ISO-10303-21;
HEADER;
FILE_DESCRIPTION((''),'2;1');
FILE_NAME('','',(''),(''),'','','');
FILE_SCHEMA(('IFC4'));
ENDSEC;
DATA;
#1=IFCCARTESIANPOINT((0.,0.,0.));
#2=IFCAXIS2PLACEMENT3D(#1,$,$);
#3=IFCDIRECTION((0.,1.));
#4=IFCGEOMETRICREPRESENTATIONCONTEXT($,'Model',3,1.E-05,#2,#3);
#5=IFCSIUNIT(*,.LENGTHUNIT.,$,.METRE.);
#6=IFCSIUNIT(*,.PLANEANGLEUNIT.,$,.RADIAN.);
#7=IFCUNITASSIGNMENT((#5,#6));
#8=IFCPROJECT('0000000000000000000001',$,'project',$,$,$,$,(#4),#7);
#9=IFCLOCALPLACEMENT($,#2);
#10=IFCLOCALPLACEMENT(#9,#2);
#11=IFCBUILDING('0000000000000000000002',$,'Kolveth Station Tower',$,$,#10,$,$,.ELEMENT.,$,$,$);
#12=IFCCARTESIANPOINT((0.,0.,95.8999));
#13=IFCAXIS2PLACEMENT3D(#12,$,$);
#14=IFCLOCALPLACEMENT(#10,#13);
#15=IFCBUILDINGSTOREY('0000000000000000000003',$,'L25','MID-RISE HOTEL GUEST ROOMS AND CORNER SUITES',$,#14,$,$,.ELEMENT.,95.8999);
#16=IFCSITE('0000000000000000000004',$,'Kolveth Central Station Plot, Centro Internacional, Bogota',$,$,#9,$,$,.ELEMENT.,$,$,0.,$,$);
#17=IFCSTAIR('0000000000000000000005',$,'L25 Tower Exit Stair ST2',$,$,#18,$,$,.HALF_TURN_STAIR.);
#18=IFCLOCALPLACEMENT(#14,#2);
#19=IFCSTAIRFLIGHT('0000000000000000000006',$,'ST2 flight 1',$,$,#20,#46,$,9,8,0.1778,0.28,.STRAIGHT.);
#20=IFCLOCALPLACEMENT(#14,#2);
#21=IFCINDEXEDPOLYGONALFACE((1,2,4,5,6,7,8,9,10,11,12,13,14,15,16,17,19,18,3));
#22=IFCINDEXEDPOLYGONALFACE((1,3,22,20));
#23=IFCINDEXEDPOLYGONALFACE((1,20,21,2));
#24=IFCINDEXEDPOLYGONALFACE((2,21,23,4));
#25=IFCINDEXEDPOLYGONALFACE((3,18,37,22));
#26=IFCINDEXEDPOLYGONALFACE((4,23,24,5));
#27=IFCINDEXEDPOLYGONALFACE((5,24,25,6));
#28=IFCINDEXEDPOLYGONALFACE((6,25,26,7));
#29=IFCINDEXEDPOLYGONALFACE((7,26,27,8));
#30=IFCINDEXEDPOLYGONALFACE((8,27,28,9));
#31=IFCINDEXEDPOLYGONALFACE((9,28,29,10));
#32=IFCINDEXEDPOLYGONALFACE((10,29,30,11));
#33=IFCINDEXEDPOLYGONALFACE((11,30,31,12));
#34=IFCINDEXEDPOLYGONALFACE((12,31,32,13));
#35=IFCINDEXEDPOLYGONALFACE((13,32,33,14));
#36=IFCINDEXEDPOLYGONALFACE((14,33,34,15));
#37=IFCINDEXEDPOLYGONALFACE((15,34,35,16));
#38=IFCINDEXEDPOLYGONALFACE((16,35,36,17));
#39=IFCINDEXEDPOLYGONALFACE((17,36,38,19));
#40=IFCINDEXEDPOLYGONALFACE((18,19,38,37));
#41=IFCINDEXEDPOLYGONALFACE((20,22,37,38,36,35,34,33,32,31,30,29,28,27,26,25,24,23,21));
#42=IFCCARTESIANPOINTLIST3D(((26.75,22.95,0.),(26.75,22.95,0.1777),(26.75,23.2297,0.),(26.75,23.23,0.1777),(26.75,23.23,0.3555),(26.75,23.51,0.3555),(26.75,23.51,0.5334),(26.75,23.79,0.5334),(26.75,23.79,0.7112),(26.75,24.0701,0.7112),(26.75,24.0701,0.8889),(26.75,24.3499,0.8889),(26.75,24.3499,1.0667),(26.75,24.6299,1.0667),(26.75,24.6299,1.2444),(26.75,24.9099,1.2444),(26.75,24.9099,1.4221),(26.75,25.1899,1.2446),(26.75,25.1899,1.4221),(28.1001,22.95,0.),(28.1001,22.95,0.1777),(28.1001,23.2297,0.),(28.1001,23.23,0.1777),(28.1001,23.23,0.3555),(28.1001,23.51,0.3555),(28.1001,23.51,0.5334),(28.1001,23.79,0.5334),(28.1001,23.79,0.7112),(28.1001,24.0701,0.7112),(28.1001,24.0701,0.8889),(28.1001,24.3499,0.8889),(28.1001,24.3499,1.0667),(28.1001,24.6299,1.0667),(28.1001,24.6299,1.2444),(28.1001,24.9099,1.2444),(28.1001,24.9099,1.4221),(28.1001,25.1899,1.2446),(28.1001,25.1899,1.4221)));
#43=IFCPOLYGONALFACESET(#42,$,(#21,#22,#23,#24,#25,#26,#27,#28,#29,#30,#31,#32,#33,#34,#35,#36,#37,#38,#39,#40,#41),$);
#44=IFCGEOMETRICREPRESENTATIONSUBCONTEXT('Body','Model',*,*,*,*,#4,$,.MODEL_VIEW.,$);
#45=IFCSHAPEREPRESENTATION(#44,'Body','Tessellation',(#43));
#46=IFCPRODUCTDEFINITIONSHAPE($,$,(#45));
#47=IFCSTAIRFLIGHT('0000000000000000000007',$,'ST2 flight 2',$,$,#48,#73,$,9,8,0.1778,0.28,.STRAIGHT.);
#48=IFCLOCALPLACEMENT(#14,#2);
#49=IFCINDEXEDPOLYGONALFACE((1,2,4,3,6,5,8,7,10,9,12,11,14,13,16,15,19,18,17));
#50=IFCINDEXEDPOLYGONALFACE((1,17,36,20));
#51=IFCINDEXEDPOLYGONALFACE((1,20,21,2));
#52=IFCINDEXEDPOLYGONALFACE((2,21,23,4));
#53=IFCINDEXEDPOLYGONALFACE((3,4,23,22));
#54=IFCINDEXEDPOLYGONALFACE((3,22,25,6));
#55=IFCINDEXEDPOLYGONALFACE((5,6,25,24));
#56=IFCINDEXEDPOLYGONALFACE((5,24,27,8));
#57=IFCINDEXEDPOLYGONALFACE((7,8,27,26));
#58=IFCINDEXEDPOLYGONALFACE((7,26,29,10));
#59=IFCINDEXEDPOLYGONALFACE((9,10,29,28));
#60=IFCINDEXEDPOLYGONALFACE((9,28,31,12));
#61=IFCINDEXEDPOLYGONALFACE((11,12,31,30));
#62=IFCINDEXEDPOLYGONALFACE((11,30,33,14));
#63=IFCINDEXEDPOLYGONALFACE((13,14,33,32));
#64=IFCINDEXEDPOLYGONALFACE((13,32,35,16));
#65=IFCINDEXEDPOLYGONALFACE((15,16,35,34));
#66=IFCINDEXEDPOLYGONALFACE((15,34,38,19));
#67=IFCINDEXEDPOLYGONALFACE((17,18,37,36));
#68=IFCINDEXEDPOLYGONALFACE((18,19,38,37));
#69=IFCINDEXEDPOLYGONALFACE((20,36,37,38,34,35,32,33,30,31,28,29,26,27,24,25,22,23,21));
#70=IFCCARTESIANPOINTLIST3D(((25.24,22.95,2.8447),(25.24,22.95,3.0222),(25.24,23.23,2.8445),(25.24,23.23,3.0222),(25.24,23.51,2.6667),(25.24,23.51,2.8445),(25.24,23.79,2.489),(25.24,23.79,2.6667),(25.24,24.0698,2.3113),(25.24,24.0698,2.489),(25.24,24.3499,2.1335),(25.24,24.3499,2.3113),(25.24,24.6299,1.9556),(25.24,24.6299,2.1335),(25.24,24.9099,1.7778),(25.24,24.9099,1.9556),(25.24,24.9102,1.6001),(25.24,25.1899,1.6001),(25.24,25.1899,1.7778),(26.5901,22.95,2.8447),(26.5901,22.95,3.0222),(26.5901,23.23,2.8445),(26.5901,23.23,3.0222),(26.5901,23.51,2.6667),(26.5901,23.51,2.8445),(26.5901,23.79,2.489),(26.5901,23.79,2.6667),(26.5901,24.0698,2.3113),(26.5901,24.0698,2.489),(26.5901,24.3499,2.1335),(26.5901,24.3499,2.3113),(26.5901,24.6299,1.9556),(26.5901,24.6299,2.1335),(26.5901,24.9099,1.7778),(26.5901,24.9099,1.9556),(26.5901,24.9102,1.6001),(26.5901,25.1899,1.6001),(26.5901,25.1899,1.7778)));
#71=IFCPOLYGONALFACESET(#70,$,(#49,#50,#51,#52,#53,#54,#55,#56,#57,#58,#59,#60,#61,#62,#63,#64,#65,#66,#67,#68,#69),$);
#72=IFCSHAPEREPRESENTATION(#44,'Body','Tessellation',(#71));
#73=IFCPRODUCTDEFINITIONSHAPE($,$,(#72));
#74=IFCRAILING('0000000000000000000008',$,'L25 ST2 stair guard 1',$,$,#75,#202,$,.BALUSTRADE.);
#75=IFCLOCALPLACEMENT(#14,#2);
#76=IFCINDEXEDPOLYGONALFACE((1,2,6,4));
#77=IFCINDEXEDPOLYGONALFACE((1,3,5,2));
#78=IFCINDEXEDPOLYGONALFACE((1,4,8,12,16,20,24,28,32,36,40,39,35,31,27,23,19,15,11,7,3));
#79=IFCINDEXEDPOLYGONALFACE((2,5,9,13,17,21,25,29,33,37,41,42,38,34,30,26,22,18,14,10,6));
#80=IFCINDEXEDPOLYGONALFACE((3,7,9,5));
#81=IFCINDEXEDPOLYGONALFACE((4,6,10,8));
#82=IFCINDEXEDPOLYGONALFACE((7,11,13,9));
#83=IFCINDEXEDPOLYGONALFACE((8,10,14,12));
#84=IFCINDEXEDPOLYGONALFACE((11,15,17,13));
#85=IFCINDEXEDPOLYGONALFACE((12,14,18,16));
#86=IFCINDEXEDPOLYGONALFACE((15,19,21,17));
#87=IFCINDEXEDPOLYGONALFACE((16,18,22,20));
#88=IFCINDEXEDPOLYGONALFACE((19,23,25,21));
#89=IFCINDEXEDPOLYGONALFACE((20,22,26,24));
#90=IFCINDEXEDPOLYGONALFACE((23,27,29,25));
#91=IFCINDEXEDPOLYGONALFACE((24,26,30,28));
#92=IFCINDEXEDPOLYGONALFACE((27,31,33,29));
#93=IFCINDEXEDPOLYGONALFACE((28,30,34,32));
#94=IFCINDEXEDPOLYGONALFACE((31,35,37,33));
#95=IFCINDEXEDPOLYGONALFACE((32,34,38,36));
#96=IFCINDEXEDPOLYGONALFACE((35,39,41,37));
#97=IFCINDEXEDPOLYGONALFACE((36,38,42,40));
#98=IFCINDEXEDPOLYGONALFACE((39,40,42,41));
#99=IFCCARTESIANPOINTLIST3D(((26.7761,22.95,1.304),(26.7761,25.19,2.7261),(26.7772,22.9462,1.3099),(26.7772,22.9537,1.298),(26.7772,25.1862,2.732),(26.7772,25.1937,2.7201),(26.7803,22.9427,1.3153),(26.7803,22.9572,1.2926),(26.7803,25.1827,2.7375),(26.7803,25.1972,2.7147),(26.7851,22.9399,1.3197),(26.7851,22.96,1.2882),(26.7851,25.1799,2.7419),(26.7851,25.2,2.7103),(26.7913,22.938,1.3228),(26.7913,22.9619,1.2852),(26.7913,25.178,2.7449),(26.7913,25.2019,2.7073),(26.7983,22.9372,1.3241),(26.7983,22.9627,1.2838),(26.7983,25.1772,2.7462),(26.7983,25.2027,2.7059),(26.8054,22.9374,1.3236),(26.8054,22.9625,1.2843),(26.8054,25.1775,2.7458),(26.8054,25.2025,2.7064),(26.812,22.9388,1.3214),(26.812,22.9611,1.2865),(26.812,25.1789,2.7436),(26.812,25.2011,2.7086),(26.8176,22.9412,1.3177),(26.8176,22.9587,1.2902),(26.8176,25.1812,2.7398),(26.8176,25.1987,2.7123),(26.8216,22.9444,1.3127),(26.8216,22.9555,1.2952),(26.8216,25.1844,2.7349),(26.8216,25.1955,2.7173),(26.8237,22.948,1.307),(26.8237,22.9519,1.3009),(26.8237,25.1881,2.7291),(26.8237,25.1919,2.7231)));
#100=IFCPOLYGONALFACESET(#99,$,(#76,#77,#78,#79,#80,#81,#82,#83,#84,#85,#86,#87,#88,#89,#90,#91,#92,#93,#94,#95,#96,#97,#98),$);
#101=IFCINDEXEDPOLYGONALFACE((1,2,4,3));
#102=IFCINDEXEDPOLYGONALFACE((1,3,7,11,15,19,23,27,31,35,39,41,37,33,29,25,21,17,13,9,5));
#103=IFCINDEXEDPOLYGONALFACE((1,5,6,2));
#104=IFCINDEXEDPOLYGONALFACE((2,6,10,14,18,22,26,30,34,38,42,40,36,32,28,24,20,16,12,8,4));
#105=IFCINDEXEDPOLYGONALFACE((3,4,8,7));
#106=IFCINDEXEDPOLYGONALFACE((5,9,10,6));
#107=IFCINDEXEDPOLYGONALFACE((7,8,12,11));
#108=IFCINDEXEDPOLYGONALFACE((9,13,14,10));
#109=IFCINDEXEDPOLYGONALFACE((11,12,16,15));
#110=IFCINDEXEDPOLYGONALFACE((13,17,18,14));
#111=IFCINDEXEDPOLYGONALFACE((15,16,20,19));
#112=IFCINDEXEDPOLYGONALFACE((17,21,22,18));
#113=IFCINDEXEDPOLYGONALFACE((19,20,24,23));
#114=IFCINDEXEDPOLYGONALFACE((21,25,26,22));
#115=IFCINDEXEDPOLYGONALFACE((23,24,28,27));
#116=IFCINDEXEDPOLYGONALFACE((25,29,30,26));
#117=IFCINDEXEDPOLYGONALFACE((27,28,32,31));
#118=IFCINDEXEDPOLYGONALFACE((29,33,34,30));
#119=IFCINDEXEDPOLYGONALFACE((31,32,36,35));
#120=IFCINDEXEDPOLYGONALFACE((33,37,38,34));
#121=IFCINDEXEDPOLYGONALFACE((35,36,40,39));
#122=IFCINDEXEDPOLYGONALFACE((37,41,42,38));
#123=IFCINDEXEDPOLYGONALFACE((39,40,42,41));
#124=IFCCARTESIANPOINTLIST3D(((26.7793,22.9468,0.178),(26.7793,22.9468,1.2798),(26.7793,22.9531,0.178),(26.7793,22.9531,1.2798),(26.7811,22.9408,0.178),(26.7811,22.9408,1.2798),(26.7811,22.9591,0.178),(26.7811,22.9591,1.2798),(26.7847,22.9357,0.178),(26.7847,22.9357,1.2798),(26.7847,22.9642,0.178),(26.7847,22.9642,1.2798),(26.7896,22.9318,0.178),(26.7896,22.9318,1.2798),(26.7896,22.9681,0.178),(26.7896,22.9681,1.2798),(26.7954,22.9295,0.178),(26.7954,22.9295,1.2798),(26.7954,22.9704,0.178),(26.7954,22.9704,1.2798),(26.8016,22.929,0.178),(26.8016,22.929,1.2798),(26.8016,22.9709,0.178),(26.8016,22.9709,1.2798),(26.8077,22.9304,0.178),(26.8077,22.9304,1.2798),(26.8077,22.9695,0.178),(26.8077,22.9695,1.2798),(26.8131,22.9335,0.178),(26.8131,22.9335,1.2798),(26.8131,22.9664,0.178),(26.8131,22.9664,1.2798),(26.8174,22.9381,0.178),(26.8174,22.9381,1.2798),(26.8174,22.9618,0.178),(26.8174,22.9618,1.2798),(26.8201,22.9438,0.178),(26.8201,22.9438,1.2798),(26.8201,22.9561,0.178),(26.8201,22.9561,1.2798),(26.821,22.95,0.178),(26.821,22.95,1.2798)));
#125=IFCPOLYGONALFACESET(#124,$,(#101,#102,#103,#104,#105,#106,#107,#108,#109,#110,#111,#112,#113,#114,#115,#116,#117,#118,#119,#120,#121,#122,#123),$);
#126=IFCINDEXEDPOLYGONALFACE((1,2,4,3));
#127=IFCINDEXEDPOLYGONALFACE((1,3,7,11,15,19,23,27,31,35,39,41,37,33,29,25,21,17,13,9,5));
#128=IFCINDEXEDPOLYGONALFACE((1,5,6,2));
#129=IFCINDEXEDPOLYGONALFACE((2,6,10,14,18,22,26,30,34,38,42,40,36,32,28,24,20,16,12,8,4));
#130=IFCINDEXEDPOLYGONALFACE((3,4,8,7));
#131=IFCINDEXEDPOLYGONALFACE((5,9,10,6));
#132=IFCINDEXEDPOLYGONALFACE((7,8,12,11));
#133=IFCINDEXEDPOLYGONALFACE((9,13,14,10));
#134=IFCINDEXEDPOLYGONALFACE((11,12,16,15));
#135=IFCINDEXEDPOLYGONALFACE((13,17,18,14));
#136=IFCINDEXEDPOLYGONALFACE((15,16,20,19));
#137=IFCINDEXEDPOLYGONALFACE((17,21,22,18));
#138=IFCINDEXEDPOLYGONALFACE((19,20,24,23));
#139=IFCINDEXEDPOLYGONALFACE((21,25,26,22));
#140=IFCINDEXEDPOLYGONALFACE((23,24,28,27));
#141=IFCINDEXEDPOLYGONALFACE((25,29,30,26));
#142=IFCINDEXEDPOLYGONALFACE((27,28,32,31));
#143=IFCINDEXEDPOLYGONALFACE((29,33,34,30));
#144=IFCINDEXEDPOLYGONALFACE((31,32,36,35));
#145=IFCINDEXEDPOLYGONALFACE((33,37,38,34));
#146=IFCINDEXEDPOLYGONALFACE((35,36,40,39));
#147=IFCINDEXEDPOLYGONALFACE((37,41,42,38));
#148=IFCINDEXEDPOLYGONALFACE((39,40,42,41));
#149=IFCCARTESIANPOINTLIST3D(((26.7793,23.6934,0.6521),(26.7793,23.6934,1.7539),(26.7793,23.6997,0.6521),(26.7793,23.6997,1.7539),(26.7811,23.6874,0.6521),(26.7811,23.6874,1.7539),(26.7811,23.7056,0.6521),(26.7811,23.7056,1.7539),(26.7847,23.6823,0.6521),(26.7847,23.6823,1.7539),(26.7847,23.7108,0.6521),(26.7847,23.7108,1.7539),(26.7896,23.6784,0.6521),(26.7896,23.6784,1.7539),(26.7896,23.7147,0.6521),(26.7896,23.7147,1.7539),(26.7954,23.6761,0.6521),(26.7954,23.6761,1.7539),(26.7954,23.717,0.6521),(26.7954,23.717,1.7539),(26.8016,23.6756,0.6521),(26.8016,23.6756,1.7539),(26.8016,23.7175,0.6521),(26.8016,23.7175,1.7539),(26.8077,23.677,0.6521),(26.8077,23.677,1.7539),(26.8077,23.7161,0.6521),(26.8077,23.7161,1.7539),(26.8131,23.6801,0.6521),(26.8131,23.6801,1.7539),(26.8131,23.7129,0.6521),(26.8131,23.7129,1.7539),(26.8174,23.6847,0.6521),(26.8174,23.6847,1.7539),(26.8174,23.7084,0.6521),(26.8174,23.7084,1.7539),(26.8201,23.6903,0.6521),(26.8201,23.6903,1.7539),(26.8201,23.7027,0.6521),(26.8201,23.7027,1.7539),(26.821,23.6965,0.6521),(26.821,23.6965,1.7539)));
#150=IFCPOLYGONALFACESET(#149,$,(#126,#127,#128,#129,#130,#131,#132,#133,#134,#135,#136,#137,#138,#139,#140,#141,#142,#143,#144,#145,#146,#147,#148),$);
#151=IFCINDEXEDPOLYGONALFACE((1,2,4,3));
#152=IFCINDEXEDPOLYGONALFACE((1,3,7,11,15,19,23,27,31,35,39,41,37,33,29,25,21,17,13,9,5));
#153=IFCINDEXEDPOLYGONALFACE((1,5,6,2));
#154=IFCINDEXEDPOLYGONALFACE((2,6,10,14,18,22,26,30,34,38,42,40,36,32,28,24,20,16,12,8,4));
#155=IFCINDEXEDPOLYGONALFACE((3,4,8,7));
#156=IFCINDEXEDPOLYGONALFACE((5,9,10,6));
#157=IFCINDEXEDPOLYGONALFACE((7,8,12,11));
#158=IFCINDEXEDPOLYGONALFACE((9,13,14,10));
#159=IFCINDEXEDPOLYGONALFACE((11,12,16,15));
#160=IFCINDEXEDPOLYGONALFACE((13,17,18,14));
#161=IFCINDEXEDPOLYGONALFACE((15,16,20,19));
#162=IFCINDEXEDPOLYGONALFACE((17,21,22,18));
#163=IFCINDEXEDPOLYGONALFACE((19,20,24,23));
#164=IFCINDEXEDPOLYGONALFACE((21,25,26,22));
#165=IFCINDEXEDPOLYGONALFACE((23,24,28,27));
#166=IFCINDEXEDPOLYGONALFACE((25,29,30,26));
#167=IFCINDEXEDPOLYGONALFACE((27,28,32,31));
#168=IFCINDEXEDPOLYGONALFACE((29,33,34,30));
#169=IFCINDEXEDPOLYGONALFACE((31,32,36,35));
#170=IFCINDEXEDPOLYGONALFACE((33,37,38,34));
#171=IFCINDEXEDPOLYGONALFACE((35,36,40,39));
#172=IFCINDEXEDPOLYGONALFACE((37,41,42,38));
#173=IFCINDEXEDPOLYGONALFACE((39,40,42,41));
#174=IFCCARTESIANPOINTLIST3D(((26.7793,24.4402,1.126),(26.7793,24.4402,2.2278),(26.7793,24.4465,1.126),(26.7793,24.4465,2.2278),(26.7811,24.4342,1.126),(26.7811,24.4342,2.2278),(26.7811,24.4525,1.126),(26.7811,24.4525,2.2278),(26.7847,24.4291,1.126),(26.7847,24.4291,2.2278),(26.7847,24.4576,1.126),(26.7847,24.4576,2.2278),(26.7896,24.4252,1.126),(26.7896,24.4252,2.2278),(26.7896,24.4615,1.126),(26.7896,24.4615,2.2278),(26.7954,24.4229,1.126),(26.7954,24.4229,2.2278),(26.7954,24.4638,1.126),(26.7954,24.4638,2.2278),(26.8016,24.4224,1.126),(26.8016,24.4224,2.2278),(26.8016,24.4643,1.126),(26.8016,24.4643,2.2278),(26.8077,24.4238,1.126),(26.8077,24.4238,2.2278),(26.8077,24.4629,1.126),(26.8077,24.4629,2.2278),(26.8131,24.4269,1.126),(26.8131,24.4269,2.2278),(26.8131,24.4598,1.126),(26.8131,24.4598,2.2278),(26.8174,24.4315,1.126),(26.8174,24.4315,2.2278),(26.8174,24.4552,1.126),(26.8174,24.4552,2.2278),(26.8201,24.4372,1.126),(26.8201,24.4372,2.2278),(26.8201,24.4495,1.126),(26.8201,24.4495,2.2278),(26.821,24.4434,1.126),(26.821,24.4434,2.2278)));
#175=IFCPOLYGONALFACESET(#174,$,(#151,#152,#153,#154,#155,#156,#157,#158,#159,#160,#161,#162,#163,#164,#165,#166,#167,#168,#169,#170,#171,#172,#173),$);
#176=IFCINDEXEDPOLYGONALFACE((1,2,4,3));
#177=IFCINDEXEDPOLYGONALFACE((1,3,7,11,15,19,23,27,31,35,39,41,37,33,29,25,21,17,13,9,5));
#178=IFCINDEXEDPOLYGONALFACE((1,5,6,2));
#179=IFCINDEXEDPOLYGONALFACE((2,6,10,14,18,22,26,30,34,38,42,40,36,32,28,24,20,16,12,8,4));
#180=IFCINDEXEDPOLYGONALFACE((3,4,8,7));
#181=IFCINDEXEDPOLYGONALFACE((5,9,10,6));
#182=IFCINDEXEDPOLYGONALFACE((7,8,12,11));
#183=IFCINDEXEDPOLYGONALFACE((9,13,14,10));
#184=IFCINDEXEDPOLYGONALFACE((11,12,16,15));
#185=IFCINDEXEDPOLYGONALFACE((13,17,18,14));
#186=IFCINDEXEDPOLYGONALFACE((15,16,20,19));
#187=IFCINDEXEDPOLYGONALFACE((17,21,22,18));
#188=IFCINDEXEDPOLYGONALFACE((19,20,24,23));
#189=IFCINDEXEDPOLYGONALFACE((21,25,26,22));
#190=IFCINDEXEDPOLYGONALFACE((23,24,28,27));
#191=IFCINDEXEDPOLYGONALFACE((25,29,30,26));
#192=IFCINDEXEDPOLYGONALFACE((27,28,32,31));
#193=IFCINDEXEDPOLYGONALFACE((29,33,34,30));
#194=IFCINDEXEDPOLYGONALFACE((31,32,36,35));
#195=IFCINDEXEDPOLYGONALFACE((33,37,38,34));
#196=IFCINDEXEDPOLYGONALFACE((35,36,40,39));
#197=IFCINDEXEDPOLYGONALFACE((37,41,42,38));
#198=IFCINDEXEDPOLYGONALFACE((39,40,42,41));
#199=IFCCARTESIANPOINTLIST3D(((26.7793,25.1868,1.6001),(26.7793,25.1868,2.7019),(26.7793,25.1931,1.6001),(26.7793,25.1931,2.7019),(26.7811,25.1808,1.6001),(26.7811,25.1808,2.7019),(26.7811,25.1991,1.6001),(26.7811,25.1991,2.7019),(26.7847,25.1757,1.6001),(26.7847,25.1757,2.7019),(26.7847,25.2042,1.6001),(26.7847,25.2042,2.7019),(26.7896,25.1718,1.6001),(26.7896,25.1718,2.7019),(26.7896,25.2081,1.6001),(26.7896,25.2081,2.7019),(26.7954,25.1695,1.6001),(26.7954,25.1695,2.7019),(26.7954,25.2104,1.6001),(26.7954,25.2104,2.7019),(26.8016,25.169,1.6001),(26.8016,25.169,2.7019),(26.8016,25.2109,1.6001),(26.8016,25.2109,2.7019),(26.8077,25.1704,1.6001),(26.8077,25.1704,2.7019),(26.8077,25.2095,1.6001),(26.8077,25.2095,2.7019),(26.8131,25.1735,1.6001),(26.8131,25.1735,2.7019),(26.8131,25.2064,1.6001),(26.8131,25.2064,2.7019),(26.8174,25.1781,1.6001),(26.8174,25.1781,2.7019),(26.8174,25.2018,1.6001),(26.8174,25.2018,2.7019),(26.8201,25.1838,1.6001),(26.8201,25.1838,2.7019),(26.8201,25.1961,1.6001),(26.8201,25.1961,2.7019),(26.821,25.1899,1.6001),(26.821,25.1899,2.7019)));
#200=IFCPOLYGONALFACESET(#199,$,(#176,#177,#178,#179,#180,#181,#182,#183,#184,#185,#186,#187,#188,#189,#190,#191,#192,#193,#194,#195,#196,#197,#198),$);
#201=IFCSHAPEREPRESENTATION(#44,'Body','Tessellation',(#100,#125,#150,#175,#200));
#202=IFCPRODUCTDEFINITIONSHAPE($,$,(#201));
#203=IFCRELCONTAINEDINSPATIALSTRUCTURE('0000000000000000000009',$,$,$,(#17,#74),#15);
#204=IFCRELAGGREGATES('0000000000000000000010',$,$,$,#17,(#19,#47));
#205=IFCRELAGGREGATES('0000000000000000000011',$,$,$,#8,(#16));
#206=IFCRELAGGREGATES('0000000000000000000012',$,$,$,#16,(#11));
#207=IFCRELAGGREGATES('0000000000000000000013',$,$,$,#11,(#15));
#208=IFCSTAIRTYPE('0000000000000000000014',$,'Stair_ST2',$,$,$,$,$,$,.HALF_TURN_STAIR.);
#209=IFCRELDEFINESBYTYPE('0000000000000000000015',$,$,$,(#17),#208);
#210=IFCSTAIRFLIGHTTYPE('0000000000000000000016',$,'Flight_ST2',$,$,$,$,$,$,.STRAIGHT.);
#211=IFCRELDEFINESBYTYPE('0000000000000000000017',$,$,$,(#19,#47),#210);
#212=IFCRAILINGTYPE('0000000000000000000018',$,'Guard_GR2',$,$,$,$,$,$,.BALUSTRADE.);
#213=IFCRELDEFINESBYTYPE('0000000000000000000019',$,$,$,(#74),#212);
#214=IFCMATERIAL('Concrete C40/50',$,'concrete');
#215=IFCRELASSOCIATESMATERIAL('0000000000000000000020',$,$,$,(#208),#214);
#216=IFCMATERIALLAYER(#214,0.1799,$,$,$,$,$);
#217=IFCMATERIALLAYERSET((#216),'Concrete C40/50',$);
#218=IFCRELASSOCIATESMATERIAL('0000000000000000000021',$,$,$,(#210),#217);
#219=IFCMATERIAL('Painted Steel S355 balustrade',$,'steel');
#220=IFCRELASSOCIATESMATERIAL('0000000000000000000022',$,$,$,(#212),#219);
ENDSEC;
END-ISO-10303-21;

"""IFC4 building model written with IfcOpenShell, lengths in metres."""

from ifc_helpers import new_model, si_unit, direction, frame, origin, origin_2d, place, context, subcontext, project, spatial, polyline, circle, outline, extrude, material, layer, layer_set, type_object, element, aggregate, save


model = new_model("IFC4")

# Units and contexts
model_context = context("Model", 3, precision=1e-05, world=origin(), true_north=direction((0.0, 1.0)))
body_context = subcontext(model_context, "Body", "Model", "MODEL_VIEW")
ifc_project = project(units=[si_unit("LENGTHUNIT", "METRE"), si_unit("PLANEANGLEUNIT", "RADIAN")], contexts=[model_context])

# Site, building, storey
site_placement = place(None, origin())
site = spatial("IfcSite", under=ifc_project, at=site_placement, Name="Kolveth Central Station Plot, Centro Internacional, Bogota", CompositionType="ELEMENT", RefElevation=0.0)
building_placement = place(site_placement, origin())
building = spatial("IfcBuilding", under=site, at=building_placement, Name="Kolveth Station Tower", CompositionType="ELEMENT")
storey_placement = place(building_placement, frame((0.0, 0.0, 95.8999)))
storey = spatial("IfcBuildingStorey", under=building, at=storey_placement, Name="L25", Description="MID-RISE HOTEL GUEST ROOMS AND CORNER SUITES", CompositionType="ELEMENT", Elevation=95.8999)

# Shared definitions
ifc_material_1 = material(Name="Concrete C40/50", Category="concrete")

# Stair, stair flights
stair_type = type_object("IfcStairType", Name="Stair_ST2", PredefinedType="HALF_TURN_STAIR", material=ifc_material_1)
stair_placement = place(storey_placement, origin())
stair = element("IfcStair", 1, at=stair_placement, inside=storey, type_object=stair_type, Name="L25 Tower Exit Stair ST2", PredefinedType="HALF_TURN_STAIR")
ifc_layer_1 = layer(ifc_material_1, 0.1799)
ifc_layer_set_1 = layer_set([ifc_layer_1], Name="Concrete C40/50")
stair_flight_type = type_object("IfcStairFlightType", Name="Flight_ST2", PredefinedType="STRAIGHT", material=ifc_layer_set_1)
stair_flight_1_placement = place(storey_placement, frame((27.425, 22.95, 0.0), z_axis=(0.0, 0.0, 1.0), x_axis=(0.0, 1.0, 0.0)))
stair_flight_1 = element("IfcStairFlight", 2, at=stair_flight_1_placement, type_object=stair_flight_type, Name="ST2 flight 1", NumberOfRisers=9, NumberOfTreads=8, PredefinedType="STRAIGHT", RiserHeight=0.1778, TreadLength=0.28, context=body_context, shape_type="SweptSolid", body=[
    extrude(outline(polyline([(0.0, 0.0), (0.0, 0.1777), (0.28, 0.1777), (0.28, 0.3555), (0.5601, 0.3555), (0.5601, 0.5334), (0.8401, 0.5334), (0.8401, 0.7112), (1.1201, 0.7112), (1.1201, 0.8889), (1.3999, 0.8889), (1.3999, 1.0667), (1.6799, 1.0667), (1.6799, 1.2444), (1.96, 1.2444), (1.96, 1.4221), (2.24, 1.4221), (2.24, 1.6001), (2.24, 1.2446), (0.2798, 0.0), (0.0, 0.0)])), frame((0.0, 0.675, 0.0), z_axis=(0.0, -1.0, 0.0), x_axis=(1.0, 0.0, 0.0)), (0.0, 0.0, 1.0), 1.3501),
])
stair_flight_2_placement = place(storey_placement, frame((25.915, 25.1899, 1.6001), z_axis=(0.0, 0.0, 1.0), x_axis=(0.0, -1.0, 0.0)))
stair_flight_2 = element("IfcStairFlight", 3, at=stair_flight_2_placement, type_object=stair_flight_type, Name="ST2 flight 2", NumberOfRisers=9, NumberOfTreads=8, PredefinedType="STRAIGHT", RiserHeight=0.1778, TreadLength=0.28, context=body_context, shape_type="SweptSolid", body=[
    extrude(outline(polyline([(0.0, 0.0), (0.0, 0.1777), (0.28, 0.1777), (0.28, 0.3555), (0.5601, 0.3555), (0.5601, 0.5334), (0.8401, 0.5334), (0.8401, 0.7112), (1.1201, 0.7112), (1.1201, 0.8889), (1.3999, 0.8889), (1.3999, 1.0667), (1.6799, 1.0667), (1.6799, 1.2444), (1.96, 1.2444), (1.96, 1.4221), (2.24, 1.4221), (2.24, 1.6001), (2.24, 1.2446), (0.2798, 0.0), (0.0, 0.0)])), frame((0.0, 0.675, 0.0), z_axis=(0.0, -1.0, 0.0), x_axis=(1.0, 0.0, 0.0)), (0.0, 0.0, 1.0), 1.3501),
])
aggregate(stair, [stair_flight_1, stair_flight_2])

# Railing
ifc_material_2 = material(Name="Painted Steel S355 balustrade", Category="steel")
railing_type_1 = type_object("IfcRailingType", Name="Guard_GR2", PredefinedType="BALUSTRADE", material=ifc_material_2)
railing_1_placement = place(storey_placement, frame((26.8, 22.95, 0.178)))
element("IfcRailing", 4, at=railing_1_placement, inside=storey, type_object=railing_type_1, Name="L25 ST2 stair guard 1", PredefinedType="BALUSTRADE", context=body_context, shape_type="SweptSolid", body=[
    extrude(circle(Radius=0.0239, at=origin_2d()), frame((0.0, 0.0, 1.126), z_axis=(0.0, 0.844229, 0.535982), x_axis=(-1.0, 0.0, 0.0)), (0.0, 0.0, 1.0), 2.6533),
    extrude(circle(Radius=0.021, at=origin_2d()), origin(), (0.0, 0.0, 1.0), 1.1018),
    extrude(circle(Radius=0.021, at=origin_2d()), frame((0.0, 0.7466, 0.4741)), (0.0, 0.0, 1.0), 1.1018),
    extrude(circle(Radius=0.021, at=origin_2d()), frame((0.0, 1.4934, 0.948)), (0.0, 0.0, 1.0), 1.1018),
    extrude(circle(Radius=0.021, at=origin_2d()), frame((0.0, 2.24, 1.4221)), (0.0, 0.0, 1.0), 1.1018),
])

save(model, "model.ifc")
